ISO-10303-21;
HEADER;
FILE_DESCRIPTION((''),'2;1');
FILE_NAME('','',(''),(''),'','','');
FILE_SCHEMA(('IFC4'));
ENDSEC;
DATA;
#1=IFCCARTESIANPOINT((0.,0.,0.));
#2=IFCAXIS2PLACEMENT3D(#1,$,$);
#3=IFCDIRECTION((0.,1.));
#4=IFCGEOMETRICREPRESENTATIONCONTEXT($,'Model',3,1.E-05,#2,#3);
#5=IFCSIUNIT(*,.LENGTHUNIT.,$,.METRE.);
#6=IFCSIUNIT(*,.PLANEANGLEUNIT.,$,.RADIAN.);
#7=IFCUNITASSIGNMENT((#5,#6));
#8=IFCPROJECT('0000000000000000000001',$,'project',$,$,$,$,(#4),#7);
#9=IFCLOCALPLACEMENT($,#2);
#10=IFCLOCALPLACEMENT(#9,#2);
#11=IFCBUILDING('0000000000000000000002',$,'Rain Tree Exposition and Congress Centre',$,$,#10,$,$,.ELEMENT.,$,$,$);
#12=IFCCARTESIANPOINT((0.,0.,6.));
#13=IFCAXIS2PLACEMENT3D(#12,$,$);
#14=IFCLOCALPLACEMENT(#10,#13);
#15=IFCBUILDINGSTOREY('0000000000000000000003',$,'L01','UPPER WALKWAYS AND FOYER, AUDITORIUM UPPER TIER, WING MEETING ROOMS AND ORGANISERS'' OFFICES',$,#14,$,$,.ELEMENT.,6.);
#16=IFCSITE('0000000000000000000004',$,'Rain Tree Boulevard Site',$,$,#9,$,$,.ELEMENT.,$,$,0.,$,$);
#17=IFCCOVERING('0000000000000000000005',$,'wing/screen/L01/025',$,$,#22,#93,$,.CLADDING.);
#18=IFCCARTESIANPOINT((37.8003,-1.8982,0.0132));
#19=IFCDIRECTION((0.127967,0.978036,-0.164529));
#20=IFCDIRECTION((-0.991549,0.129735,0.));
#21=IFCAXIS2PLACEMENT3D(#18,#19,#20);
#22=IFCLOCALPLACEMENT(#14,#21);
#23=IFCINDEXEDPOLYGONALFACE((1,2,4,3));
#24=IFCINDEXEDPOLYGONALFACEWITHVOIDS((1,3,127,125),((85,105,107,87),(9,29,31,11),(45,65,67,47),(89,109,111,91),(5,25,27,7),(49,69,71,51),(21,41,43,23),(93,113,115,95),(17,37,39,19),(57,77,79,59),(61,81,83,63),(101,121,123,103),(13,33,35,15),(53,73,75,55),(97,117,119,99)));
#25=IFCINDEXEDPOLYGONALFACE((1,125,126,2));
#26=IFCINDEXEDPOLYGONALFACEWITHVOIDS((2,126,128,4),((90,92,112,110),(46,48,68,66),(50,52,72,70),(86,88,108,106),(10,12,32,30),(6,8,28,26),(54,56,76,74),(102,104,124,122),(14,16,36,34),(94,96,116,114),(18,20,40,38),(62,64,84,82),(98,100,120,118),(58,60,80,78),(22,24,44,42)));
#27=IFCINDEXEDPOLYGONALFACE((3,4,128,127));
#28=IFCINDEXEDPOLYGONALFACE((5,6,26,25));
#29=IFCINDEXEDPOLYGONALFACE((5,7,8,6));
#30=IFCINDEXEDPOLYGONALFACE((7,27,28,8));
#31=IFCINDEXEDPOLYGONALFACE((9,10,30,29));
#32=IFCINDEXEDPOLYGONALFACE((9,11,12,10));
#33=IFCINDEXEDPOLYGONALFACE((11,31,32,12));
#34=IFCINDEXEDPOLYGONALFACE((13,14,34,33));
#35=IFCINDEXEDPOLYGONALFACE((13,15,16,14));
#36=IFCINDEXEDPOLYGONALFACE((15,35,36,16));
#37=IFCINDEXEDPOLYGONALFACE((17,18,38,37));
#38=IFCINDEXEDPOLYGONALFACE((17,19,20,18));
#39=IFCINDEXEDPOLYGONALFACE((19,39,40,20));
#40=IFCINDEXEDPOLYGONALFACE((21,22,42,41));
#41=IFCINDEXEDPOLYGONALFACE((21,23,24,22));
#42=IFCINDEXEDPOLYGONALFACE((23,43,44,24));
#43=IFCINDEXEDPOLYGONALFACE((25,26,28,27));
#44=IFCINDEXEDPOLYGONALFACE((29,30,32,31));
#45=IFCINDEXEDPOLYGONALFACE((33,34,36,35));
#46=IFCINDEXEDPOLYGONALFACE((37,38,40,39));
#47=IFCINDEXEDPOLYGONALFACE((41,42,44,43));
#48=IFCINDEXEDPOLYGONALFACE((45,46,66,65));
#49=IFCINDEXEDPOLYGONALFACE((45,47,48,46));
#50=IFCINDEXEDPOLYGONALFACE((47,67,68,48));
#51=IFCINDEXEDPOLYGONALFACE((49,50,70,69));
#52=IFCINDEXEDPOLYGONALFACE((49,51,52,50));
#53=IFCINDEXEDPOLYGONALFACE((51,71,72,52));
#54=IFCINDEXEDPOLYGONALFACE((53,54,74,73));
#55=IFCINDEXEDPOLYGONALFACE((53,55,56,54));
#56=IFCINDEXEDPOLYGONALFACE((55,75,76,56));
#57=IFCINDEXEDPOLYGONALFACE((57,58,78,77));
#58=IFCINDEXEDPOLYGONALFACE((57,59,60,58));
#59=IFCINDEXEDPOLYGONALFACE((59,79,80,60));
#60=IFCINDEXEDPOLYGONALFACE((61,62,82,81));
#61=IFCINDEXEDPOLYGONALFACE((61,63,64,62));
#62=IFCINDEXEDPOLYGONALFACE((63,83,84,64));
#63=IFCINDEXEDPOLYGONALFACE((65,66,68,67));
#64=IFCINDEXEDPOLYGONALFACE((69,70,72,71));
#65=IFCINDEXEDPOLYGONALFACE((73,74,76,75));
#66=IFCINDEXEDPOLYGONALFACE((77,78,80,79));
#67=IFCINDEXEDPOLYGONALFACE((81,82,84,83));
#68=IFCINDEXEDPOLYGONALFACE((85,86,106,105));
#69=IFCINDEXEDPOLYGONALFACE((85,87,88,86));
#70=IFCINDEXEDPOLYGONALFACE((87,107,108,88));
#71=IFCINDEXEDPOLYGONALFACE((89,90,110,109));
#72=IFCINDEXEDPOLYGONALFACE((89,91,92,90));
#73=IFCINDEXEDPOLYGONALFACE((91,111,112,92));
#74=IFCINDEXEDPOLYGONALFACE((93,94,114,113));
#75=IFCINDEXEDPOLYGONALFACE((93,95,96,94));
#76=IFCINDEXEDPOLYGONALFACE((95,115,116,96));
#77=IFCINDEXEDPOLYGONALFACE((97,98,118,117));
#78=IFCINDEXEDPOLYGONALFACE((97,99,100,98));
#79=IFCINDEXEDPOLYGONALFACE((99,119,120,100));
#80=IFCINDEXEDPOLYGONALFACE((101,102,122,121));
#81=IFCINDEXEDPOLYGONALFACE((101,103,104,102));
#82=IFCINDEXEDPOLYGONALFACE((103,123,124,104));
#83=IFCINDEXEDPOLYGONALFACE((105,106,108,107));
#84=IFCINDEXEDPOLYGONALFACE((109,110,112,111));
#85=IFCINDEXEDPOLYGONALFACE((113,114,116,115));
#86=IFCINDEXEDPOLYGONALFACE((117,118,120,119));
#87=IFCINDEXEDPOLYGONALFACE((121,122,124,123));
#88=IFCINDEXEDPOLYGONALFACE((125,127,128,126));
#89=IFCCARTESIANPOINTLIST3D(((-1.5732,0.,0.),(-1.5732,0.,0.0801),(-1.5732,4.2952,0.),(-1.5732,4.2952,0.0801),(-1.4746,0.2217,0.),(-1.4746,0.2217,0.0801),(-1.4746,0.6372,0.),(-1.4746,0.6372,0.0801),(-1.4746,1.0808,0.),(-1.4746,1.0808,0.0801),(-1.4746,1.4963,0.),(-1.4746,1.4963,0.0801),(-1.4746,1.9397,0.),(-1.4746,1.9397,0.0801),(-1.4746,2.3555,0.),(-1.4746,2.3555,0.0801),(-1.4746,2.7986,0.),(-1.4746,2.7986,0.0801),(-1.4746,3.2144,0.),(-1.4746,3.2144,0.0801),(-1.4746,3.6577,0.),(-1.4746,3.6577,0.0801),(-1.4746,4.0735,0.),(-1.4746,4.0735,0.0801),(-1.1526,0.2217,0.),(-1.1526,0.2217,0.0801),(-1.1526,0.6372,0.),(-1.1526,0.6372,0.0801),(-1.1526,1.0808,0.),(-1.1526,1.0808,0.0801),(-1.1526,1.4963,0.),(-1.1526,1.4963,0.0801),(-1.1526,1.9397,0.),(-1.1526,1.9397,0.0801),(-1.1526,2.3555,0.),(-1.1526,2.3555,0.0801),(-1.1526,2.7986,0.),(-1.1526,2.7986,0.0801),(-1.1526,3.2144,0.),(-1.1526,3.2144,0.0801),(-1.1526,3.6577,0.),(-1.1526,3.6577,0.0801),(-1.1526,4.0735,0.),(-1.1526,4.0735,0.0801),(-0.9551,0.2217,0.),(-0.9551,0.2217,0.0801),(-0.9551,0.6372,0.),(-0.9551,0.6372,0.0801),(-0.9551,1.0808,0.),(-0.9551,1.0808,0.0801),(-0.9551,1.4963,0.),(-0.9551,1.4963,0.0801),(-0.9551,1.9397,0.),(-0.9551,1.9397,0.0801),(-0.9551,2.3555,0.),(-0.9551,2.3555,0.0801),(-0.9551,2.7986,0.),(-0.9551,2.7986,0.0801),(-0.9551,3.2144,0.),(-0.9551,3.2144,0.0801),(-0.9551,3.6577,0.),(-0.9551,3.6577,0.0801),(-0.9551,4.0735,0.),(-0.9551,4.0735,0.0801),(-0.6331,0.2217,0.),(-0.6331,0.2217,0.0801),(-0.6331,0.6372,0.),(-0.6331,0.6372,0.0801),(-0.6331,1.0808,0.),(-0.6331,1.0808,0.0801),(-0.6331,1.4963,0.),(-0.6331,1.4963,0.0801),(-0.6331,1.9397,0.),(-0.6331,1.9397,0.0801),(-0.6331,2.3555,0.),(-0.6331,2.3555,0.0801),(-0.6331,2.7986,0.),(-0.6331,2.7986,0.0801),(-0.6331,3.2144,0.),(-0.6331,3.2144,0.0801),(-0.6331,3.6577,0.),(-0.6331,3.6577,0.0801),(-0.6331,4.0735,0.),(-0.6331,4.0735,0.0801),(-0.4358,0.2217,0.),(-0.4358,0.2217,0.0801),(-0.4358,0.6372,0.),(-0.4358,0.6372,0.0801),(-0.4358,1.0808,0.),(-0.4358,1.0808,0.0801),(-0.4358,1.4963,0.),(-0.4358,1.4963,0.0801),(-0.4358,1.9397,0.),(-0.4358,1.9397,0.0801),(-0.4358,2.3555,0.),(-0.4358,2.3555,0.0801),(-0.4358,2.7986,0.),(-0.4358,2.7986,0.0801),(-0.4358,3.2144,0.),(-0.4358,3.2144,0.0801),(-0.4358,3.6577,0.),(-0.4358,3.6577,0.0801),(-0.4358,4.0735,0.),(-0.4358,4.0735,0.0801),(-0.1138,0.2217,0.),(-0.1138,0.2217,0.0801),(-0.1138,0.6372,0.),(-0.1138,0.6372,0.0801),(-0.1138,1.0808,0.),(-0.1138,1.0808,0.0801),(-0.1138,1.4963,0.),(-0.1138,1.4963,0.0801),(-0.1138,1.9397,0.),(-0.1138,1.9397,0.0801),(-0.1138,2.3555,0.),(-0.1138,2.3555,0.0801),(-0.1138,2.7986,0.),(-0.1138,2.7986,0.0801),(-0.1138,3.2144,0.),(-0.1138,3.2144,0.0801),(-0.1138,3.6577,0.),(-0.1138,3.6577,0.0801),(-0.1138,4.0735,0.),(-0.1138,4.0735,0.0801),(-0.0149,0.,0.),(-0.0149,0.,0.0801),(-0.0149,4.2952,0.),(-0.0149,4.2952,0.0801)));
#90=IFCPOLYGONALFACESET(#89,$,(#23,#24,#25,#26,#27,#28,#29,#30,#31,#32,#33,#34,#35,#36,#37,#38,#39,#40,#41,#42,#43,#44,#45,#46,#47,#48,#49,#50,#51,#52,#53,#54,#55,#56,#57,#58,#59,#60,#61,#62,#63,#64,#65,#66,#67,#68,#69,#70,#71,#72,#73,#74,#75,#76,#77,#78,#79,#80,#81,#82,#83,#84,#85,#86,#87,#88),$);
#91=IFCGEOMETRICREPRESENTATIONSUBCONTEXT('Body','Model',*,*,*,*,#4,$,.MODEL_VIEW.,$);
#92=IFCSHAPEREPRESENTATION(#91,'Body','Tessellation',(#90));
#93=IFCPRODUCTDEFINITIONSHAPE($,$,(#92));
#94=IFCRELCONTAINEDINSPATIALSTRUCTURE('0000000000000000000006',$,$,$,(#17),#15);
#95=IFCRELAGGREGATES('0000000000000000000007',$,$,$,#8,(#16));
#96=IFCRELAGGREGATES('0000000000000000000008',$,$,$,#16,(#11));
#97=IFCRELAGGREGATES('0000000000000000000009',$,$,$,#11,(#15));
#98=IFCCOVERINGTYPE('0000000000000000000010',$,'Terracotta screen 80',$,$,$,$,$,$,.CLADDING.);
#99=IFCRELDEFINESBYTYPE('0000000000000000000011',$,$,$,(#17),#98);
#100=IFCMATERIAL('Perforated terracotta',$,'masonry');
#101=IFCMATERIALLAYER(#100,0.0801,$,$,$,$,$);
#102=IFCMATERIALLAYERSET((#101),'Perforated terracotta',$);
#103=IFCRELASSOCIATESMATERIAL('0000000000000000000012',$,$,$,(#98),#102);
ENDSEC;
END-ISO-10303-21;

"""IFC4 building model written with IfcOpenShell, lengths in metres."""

from ifc_helpers import new_model, si_unit, direction, frame, origin, place, context, subcontext, project, spatial, polyline, outline, extrude, material, layer, layer_set, type_object, element, save


model = new_model("IFC4")

# Units and contexts
model_context = context("Model", 3, precision=1e-05, world=origin(), true_north=direction((0.0, 1.0)))
body_context = subcontext(model_context, "Body", "Model", "MODEL_VIEW")
ifc_project = project(units=[si_unit("LENGTHUNIT", "METRE"), si_unit("PLANEANGLEUNIT", "RADIAN")], contexts=[model_context])

# Site, building, storey
site_placement = place(None, origin())
site = spatial("IfcSite", under=ifc_project, at=site_placement, Name="Rain Tree Boulevard Site", CompositionType="ELEMENT", RefElevation=0.0)
building_placement = place(site_placement, origin())
building = spatial("IfcBuilding", under=site, at=building_placement, Name="Rain Tree Exposition and Congress Centre", CompositionType="ELEMENT")
storey_placement = place(building_placement, frame((0.0, 0.0, 6.0)))
storey = spatial("IfcBuildingStorey", under=building, at=storey_placement, Name="L01", Description="UPPER WALKWAYS AND FOYER, AUDITORIUM UPPER TIER, WING MEETING ROOMS AND ORGANISERS' OFFICES", CompositionType="ELEMENT", Elevation=6.0)

# Covering
ifc_material_1 = material(Name="Perforated terracotta", Category="masonry")
ifc_layer_1 = layer(ifc_material_1, 0.0801)
ifc_layer_set_1 = layer_set([ifc_layer_1], Name="Perforated terracotta")
covering_type = type_object("IfcCoveringType", Name="Terracotta screen 80", PredefinedType="CLADDING", material=ifc_layer_set_1)
covering_1_placement = place(storey_placement, frame((37.8003, -1.8982, 0.0132), z_axis=(0.127967, 0.978036, -0.164529), x_axis=(-0.991549, 0.129735, 0.0)))
element("IfcCovering", 1, at=covering_1_placement, inside=storey, type_object=covering_type, Name="wing/screen/L01/025", PredefinedType="CLADDING", context=body_context, shape_type="SweptSolid", body=[
    extrude(outline(polyline([(-1.5732, 0.0), (-1.5732, 4.2952), (-0.0149, 4.2952), (-0.0149, 0.0), (-1.5732, 0.0)]), holes=[polyline([(-0.1138, 0.2217), (-0.1138, 0.6372), (-0.4358, 0.6372), (-0.4358, 0.2217), (-0.1138, 0.2217)]), polyline([(-0.1138, 1.0808), (-0.1138, 1.4963), (-0.4358, 1.4963), (-0.4358, 1.0808), (-0.1138, 1.0808)]), polyline([(-0.1138, 1.9397), (-0.1138, 2.3555), (-0.4358, 2.3555), (-0.4358, 1.9397), (-0.1138, 1.9397)]), polyline([(-0.1138, 2.7986), (-0.1138, 3.2144), (-0.4358, 3.2144), (-0.4358, 2.7986), (-0.1138, 2.7986)]), polyline([(-0.1138, 3.6577), (-0.1138, 4.0735), (-0.4358, 4.0735), (-0.4358, 3.6577), (-0.1138, 3.6577)]), polyline([(-0.6331, 0.2217), (-0.6331, 0.6372), (-0.9551, 0.6372), (-0.9551, 0.2217), (-0.6331, 0.2217)]), polyline([(-0.6331, 1.0808), (-0.6331, 1.4963), (-0.9551, 1.4963), (-0.9551, 1.0808), (-0.6331, 1.0808)]), polyline([(-0.6331, 1.9397), (-0.6331, 2.3555), (-0.9551, 2.3555), (-0.9551, 1.9397), (-0.6331, 1.9397)]), polyline([(-0.6331, 2.7986), (-0.6331, 3.2144), (-0.9551, 3.2144), (-0.9551, 2.7986), (-0.6331, 2.7986)]), polyline([(-0.6331, 3.6577), (-0.6331, 4.0735), (-0.9551, 4.0735), (-0.9551, 3.6577), (-0.6331, 3.6577)]), polyline([(-1.1526, 0.2217), (-1.1526, 0.6372), (-1.4746, 0.6372), (-1.4746, 0.2217), (-1.1526, 0.2217)]), polyline([(-1.1526, 1.0808), (-1.1526, 1.4963), (-1.4746, 1.4963), (-1.4746, 1.0808), (-1.1526, 1.0808)]), polyline([(-1.1526, 1.9397), (-1.1526, 2.3555), (-1.4746, 2.3555), (-1.4746, 1.9397), (-1.1526, 1.9397)]), polyline([(-1.1526, 2.7986), (-1.1526, 3.2144), (-1.4746, 3.2144), (-1.4746, 2.7986), (-1.1526, 2.7986)]), polyline([(-1.1526, 3.6577), (-1.1526, 4.0735), (-1.4746, 4.0735), (-1.4746, 3.6577), (-1.1526, 3.6577)])]), origin(), (0.0, 0.0, 1.0), 0.0801),
])

save(model, "model.ifc")
